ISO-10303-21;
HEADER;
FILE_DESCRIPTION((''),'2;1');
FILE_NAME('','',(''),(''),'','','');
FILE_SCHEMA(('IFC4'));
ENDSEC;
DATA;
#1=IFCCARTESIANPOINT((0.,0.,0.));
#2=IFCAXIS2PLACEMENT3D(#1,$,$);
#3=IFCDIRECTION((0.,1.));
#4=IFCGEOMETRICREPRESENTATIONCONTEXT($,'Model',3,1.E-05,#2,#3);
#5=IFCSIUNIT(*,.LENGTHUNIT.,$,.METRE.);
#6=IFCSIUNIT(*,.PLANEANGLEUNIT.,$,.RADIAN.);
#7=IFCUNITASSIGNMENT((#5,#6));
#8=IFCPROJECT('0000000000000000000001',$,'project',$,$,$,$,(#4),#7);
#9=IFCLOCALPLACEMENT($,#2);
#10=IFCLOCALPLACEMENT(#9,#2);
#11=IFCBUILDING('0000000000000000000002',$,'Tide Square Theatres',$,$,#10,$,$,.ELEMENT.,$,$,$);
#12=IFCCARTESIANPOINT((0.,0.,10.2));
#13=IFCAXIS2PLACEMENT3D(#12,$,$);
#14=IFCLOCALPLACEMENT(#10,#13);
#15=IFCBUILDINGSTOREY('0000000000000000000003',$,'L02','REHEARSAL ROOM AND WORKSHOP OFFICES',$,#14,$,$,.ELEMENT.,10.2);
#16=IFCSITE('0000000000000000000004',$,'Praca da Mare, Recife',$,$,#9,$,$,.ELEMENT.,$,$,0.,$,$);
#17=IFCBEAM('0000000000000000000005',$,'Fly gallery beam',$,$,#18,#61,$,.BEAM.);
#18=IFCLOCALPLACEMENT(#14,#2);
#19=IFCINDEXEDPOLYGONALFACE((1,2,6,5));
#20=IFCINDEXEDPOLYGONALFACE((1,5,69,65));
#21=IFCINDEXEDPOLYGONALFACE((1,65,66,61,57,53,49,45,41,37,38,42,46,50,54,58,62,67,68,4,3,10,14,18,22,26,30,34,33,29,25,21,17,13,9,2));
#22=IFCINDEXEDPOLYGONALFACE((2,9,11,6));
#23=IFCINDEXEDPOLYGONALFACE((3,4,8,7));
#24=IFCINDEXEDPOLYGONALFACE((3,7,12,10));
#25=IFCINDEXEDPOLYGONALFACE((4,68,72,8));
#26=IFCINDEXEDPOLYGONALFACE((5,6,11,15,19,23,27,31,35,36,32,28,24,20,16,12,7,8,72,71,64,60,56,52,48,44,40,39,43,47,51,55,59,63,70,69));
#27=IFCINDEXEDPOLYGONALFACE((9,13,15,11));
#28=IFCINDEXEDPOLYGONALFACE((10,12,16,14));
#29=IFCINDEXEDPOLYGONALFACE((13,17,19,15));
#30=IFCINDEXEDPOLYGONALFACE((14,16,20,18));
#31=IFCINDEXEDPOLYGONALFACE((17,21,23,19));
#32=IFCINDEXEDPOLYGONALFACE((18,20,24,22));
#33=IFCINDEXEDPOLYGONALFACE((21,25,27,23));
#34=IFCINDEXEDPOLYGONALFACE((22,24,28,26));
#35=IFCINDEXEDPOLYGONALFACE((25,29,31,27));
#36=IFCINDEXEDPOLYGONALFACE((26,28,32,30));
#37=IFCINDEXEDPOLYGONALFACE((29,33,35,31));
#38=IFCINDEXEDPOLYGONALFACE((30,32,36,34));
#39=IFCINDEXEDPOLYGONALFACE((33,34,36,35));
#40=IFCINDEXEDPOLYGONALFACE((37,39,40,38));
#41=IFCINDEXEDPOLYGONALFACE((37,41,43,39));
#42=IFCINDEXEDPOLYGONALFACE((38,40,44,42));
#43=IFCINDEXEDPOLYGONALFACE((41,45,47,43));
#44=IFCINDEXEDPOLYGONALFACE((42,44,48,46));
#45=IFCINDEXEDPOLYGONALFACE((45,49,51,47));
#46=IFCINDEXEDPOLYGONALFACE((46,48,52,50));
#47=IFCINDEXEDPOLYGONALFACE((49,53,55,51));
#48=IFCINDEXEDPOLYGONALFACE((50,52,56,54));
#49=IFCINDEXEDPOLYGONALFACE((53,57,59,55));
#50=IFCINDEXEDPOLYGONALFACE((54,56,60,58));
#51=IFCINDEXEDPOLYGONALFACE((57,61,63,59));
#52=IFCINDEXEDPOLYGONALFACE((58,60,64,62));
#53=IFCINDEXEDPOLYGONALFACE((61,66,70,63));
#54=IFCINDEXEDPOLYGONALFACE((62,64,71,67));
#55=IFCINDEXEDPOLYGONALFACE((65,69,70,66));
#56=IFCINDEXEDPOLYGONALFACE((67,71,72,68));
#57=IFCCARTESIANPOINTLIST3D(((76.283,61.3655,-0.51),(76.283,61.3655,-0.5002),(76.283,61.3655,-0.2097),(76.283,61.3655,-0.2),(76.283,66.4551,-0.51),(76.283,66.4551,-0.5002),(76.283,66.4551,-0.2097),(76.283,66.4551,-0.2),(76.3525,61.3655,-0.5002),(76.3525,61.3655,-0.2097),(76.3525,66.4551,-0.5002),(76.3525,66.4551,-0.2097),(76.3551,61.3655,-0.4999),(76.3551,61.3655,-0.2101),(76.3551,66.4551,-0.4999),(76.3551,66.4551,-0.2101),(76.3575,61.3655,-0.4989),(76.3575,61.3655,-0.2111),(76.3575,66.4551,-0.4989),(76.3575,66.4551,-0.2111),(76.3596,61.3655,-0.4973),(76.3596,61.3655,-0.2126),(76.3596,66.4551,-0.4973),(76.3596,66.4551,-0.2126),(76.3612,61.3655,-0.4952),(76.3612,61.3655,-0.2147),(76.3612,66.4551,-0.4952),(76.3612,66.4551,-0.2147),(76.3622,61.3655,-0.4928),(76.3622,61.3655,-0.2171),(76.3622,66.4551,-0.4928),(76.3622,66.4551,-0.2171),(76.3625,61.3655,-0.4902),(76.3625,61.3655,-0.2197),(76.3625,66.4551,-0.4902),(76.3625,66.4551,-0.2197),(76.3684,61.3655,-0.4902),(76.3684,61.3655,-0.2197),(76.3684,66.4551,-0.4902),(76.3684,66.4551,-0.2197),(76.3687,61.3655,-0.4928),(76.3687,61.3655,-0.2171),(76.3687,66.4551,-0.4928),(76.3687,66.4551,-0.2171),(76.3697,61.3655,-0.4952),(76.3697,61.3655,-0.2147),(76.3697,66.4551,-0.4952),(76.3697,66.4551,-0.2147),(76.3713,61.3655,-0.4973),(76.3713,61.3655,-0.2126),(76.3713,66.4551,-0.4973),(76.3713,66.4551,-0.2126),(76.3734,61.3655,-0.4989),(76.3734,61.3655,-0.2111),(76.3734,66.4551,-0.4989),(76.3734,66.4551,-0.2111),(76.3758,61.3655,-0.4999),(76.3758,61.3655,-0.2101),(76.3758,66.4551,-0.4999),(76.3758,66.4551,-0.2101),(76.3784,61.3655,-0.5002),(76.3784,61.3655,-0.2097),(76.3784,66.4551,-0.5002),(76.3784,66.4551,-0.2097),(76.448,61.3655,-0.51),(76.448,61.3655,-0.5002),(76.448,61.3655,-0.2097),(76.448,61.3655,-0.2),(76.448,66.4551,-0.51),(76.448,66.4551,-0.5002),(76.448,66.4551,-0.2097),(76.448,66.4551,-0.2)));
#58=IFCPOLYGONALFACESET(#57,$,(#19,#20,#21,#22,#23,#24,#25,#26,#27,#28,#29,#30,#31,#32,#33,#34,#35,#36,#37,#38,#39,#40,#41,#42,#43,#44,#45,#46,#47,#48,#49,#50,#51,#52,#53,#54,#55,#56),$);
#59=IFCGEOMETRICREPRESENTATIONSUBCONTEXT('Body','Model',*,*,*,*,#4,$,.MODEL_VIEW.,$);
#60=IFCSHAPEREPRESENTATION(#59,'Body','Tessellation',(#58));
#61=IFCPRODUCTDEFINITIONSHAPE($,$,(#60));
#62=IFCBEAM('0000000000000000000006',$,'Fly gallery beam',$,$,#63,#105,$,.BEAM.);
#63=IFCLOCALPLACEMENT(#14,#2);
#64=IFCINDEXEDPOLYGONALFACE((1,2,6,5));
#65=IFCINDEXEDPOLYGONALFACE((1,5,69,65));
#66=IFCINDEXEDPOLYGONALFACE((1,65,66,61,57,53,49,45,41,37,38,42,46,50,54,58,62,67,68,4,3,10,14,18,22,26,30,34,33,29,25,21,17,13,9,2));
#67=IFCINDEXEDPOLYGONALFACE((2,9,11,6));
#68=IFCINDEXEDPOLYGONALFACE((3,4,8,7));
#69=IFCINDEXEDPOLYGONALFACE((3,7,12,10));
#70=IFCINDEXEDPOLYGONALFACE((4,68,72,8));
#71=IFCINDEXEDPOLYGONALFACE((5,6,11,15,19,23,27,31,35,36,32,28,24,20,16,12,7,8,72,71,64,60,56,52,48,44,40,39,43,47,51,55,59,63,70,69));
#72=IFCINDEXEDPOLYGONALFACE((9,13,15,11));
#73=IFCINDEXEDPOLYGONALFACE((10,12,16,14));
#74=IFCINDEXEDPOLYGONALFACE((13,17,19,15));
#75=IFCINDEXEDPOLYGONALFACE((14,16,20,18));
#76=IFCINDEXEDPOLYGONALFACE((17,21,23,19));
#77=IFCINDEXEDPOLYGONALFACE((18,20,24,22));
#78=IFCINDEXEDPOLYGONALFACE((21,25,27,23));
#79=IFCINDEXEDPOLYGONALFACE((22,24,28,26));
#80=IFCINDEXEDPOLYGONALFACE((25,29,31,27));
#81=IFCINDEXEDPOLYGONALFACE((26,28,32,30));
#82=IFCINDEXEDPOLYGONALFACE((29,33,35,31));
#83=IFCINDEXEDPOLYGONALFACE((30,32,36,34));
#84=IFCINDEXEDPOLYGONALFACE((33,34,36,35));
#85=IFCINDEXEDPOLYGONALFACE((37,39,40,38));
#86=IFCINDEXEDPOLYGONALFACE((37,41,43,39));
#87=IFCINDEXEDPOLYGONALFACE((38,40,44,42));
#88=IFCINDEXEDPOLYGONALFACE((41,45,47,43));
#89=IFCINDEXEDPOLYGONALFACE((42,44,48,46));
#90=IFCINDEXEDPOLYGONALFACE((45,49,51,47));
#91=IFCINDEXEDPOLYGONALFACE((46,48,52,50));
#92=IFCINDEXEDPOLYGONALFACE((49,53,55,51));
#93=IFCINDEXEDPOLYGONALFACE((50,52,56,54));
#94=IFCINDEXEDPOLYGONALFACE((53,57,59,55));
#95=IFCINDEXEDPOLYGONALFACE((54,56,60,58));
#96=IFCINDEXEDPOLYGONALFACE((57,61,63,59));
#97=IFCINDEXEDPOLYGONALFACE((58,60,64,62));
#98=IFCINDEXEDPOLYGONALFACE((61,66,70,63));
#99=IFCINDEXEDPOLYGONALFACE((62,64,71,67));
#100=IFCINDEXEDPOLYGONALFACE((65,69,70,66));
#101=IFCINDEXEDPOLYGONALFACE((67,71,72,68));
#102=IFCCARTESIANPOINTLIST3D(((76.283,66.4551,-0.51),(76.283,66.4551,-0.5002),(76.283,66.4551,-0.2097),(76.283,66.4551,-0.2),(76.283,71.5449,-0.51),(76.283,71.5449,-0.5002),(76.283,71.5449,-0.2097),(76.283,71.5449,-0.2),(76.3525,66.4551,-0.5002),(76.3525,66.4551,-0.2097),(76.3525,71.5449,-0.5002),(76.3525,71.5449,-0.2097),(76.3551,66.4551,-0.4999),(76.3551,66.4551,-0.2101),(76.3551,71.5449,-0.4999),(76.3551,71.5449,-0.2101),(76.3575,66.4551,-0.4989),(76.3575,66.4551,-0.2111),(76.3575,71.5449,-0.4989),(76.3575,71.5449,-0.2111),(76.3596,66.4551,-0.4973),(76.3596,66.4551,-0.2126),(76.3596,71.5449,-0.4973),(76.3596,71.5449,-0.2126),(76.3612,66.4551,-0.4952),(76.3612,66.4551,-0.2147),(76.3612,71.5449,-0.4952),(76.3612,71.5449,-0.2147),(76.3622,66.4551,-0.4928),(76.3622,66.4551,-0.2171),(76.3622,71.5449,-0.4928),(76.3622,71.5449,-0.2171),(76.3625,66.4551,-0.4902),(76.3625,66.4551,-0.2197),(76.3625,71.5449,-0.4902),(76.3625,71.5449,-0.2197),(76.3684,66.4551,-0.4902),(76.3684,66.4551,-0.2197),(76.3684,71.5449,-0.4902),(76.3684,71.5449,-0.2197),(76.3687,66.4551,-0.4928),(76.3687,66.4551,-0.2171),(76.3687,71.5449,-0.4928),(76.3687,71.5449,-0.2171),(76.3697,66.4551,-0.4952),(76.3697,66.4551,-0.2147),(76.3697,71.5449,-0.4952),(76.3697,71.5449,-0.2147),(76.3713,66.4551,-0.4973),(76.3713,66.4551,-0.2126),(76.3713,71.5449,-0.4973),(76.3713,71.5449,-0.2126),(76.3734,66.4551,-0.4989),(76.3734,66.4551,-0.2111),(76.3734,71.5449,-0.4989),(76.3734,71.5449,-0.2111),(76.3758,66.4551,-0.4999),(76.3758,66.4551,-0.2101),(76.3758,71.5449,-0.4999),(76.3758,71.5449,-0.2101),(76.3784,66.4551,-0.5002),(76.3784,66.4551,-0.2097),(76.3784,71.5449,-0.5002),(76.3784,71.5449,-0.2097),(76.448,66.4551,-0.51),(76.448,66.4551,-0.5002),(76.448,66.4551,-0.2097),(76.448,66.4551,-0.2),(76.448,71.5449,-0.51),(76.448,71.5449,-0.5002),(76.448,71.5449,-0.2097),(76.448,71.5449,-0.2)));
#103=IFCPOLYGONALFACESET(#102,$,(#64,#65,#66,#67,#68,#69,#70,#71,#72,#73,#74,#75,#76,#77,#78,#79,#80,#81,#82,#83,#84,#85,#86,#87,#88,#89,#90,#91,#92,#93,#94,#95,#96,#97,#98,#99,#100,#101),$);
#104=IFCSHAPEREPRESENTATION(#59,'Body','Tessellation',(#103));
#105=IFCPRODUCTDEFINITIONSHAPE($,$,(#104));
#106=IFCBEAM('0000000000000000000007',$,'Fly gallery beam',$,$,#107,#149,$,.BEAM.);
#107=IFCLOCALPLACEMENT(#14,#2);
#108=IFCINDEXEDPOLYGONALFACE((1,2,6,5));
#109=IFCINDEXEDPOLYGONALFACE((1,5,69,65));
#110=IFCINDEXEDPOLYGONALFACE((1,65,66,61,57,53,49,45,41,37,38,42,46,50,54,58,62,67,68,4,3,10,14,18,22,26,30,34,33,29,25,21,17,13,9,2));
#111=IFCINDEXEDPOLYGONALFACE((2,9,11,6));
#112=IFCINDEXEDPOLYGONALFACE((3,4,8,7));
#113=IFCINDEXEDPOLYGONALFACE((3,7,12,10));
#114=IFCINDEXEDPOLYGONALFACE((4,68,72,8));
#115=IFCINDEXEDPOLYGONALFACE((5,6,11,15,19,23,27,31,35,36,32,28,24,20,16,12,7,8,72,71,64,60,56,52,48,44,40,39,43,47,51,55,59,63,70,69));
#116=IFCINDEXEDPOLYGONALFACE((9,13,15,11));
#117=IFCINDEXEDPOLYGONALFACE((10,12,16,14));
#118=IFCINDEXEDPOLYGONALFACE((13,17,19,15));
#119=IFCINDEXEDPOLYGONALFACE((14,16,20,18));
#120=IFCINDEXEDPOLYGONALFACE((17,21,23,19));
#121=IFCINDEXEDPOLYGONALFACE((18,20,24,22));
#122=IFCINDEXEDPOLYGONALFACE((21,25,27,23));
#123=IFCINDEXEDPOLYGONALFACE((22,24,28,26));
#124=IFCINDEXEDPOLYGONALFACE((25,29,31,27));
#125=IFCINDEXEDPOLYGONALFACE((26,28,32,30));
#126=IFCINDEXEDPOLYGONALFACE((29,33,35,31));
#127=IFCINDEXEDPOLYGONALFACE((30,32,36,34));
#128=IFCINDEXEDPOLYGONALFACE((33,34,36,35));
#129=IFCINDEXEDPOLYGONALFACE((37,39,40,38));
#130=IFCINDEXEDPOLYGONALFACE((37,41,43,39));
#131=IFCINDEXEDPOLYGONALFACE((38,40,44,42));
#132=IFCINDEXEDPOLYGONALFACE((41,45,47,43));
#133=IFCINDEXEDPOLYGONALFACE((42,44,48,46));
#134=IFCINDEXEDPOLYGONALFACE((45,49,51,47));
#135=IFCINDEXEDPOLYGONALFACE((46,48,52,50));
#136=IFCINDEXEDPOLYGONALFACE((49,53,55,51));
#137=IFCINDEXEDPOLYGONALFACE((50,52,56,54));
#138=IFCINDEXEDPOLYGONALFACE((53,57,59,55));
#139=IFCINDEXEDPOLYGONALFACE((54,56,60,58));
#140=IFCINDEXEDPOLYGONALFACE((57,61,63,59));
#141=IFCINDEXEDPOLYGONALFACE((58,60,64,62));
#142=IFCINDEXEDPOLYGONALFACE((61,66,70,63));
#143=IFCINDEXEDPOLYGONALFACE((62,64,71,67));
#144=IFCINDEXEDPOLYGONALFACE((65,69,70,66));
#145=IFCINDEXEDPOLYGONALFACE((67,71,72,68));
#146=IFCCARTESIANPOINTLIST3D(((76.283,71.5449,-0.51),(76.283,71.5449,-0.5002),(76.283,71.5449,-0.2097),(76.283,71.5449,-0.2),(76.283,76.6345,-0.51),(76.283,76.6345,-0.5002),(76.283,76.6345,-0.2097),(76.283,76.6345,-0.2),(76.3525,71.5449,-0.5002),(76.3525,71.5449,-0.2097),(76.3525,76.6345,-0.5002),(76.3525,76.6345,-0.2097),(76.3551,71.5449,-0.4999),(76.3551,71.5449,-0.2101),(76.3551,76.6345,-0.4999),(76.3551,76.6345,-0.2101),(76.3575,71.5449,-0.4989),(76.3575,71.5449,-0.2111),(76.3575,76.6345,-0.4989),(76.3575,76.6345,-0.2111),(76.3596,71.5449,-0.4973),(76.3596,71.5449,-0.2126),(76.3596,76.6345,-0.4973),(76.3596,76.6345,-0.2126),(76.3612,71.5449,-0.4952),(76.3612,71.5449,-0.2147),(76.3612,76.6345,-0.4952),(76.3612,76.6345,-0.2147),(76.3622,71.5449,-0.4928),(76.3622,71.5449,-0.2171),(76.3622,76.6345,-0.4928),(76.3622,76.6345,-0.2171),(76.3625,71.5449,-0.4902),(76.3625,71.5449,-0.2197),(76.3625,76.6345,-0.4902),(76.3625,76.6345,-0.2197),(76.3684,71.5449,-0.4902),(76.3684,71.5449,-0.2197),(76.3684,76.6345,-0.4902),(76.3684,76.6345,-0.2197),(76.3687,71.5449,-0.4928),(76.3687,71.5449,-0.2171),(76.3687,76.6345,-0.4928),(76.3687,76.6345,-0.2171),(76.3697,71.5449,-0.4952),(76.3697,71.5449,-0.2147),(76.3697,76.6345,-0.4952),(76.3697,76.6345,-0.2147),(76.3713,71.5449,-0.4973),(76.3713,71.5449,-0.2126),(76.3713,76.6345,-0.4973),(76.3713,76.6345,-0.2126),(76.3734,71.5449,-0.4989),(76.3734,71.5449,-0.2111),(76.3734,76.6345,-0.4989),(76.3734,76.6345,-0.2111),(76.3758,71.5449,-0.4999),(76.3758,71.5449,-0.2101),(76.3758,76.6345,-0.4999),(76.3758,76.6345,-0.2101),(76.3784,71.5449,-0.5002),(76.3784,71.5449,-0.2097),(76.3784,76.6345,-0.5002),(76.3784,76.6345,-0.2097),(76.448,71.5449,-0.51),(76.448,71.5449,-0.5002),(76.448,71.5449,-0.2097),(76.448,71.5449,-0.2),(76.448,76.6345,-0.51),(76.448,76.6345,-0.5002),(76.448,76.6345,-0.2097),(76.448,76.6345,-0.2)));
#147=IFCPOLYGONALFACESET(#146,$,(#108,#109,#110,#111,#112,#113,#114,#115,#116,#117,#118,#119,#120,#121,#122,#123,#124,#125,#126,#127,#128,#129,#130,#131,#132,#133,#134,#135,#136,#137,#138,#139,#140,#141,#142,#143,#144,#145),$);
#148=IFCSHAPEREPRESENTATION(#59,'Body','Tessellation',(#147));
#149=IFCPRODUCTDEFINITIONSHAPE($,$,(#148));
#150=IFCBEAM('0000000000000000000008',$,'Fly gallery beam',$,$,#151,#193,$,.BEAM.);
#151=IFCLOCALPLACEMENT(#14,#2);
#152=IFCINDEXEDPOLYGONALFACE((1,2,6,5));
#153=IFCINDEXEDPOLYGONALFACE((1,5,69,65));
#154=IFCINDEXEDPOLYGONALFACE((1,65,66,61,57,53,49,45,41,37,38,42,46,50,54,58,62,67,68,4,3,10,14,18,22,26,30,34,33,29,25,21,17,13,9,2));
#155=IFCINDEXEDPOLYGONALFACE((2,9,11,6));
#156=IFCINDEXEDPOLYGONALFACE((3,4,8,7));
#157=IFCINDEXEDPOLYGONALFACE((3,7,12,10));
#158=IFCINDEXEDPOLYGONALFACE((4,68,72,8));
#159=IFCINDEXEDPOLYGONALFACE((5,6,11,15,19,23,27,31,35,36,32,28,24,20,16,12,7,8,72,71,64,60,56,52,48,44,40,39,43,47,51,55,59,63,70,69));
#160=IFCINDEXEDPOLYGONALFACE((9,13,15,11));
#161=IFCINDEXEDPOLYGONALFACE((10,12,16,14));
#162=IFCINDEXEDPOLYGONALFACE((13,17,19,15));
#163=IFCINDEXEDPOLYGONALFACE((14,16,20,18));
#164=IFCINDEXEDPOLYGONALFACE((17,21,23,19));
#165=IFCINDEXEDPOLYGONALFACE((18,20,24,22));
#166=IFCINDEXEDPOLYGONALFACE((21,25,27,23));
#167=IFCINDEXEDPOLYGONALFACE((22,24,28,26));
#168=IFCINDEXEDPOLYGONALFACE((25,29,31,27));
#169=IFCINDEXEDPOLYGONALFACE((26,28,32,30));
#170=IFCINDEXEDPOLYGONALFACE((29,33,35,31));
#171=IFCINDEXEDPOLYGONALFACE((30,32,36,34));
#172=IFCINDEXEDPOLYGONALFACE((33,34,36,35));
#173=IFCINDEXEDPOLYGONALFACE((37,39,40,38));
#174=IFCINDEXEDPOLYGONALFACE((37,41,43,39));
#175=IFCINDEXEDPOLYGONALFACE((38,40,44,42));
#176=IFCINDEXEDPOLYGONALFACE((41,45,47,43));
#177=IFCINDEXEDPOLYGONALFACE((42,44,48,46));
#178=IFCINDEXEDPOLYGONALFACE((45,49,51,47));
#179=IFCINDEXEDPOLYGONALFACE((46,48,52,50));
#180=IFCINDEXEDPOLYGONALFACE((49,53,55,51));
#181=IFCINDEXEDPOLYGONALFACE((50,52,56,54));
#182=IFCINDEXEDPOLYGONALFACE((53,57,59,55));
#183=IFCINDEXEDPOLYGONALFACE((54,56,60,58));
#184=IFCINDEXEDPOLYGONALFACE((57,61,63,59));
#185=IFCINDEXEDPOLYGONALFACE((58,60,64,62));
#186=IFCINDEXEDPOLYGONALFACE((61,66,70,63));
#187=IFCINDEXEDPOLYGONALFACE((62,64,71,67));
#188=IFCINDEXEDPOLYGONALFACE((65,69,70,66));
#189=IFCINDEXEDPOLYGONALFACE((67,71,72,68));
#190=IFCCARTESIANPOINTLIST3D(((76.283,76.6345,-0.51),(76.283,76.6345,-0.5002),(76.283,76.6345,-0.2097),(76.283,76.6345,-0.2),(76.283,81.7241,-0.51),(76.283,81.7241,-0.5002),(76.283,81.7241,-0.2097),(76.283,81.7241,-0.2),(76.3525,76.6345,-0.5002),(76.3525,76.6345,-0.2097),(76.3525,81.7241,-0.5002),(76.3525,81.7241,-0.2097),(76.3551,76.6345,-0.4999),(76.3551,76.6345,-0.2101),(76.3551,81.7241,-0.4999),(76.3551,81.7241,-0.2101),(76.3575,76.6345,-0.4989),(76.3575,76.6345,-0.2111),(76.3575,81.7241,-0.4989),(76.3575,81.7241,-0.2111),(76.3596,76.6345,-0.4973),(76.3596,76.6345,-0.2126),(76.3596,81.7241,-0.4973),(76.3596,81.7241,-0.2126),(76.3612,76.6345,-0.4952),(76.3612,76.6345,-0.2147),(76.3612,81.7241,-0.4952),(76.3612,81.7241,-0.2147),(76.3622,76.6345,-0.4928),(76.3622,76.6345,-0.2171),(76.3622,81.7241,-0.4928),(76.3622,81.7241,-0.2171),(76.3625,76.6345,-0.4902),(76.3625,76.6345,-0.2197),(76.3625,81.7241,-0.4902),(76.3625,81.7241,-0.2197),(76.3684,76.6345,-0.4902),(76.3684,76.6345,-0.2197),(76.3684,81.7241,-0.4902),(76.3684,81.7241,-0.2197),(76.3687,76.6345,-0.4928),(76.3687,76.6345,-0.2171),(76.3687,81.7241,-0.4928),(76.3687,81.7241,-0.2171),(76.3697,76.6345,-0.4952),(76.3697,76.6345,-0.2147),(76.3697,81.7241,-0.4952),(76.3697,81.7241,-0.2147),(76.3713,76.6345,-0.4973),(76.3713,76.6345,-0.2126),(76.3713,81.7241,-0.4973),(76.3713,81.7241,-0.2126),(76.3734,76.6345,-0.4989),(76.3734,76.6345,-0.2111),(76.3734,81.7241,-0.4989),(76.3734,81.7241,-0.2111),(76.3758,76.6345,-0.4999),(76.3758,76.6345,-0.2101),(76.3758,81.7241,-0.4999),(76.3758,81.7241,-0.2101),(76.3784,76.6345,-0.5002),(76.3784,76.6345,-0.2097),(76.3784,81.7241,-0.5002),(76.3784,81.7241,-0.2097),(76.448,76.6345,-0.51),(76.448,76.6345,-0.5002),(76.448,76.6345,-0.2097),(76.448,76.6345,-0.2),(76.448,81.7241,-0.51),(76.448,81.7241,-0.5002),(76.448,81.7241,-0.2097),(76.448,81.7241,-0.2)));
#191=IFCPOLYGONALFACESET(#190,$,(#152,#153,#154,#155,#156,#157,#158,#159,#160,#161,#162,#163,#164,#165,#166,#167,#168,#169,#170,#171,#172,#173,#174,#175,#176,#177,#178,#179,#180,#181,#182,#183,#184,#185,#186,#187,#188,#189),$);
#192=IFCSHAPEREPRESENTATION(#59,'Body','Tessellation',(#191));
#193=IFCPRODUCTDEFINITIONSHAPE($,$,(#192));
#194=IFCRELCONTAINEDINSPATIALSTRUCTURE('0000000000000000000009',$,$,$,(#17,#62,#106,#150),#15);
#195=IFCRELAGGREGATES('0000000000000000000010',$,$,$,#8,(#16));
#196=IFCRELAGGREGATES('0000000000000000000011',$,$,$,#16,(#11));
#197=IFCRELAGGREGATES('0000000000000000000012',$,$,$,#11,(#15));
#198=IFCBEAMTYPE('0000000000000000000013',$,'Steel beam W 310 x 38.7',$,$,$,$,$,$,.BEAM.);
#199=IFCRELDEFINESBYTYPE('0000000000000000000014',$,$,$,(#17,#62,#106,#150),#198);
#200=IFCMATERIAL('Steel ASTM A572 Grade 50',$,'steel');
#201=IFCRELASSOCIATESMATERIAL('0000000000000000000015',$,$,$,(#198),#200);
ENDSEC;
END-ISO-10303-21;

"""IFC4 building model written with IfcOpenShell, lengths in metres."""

from ifc_helpers import new_model, si_unit, direction, frame, origin, origin_2d, place, context, subcontext, project, spatial, i_section, extrude, material, material_profile, profile_set, type_object, element, save


model = new_model("IFC4")

# Units and contexts
model_context = context("Model", 3, precision=1e-05, world=origin(), true_north=direction((0.0, 1.0)))
body_context = subcontext(model_context, "Body", "Model", "MODEL_VIEW")
ifc_project = project(units=[si_unit("LENGTHUNIT", "METRE"), si_unit("PLANEANGLEUNIT", "RADIAN")], contexts=[model_context])

# Site, building, storey
site_placement = place(None, origin())
site = spatial("IfcSite", under=ifc_project, at=site_placement, Name="Praca da Mare, Recife", CompositionType="ELEMENT", RefElevation=0.0)
building_placement = place(site_placement, origin())
building = spatial("IfcBuilding", under=site, at=building_placement, Name="Tide Square Theatres", CompositionType="ELEMENT")
storey_placement = place(building_placement, frame((0.0, 0.0, 10.2)))
storey = spatial("IfcBuildingStorey", under=building, at=storey_placement, Name="L02", Description="REHEARSAL ROOM AND WORKSHOP OFFICES", CompositionType="ELEMENT", Elevation=10.2)

# Beams
ifc_material_1 = material(Name="Steel ASTM A572 Grade 50", Category="steel")
ifc_material_profile_1 = material_profile(ifc_material_1, i_section(OverallWidth=0.165, OverallDepth=0.3101, WebThickness=0.0059, FlangeThickness=0.0098, FilletRadius=0.01, at=origin_2d()))
ifc_profile_set_1 = profile_set([ifc_material_profile_1], Name="Steel ASTM A572 Grade 50")
beam_type = type_object("IfcBeamType", Name="Steel beam W 310 x 38.7", PredefinedType="BEAM", material=ifc_profile_set_1)
beam_1_placement = place(storey_placement, frame((76.3655, 61.3655, -0.355), z_axis=(0.0, 1.0, 0.0), x_axis=(-1.0, 0.0, 0.0)))
element("IfcBeam", 1, at=beam_1_placement, inside=storey, type_object=beam_type, Name="Fly gallery beam", PredefinedType="BEAM", context=body_context, shape_type="SweptSolid", body=[
    extrude(i_section(OverallWidth=0.165, OverallDepth=0.3101, WebThickness=0.0059, FlangeThickness=0.0098, FilletRadius=0.01, at=origin_2d()), origin(), (0.0, 0.0, 1.0), 5.0896),
])
beam_2_placement = place(storey_placement, frame((76.3655, 66.4551, -0.355), z_axis=(0.0, 1.0, 0.0), x_axis=(-1.0, 0.0, 0.0)))
element("IfcBeam", 2, at=beam_2_placement, inside=storey, type_object=beam_type, Name="Fly gallery beam", PredefinedType="BEAM", context=body_context, shape_type="SweptSolid", body=[
    extrude(i_section(OverallWidth=0.165, OverallDepth=0.3101, WebThickness=0.0059, FlangeThickness=0.0098, FilletRadius=0.01, at=origin_2d()), origin(), (0.0, 0.0, 1.0), 5.0898),
])
for number, where, z_axis, x_axis, name in (
    (3, (76.3655, 71.5449, -0.355), (0.0, 1.0, 0.0), (-1.0, 0.0, 0.0), "Fly gallery beam"),
    (4, (76.3655, 76.6345, -0.355), (0.0, 1.0, 0.0), (-1.0, 0.0, 0.0), "Fly gallery beam"),
):
    element("IfcBeam", number, at=place(storey_placement, frame(where, z_axis=z_axis, x_axis=x_axis)), inside=storey, type_object=beam_type, Name=name, PredefinedType="BEAM", context=body_context, shape_type="SweptSolid", body=[
        extrude(i_section(OverallWidth=0.165, OverallDepth=0.3101, WebThickness=0.0059, FlangeThickness=0.0098, FilletRadius=0.01, at=origin_2d()), origin(), (0.0, 0.0, 1.0), 5.0896),
    ])

save(model, "model.ifc")
